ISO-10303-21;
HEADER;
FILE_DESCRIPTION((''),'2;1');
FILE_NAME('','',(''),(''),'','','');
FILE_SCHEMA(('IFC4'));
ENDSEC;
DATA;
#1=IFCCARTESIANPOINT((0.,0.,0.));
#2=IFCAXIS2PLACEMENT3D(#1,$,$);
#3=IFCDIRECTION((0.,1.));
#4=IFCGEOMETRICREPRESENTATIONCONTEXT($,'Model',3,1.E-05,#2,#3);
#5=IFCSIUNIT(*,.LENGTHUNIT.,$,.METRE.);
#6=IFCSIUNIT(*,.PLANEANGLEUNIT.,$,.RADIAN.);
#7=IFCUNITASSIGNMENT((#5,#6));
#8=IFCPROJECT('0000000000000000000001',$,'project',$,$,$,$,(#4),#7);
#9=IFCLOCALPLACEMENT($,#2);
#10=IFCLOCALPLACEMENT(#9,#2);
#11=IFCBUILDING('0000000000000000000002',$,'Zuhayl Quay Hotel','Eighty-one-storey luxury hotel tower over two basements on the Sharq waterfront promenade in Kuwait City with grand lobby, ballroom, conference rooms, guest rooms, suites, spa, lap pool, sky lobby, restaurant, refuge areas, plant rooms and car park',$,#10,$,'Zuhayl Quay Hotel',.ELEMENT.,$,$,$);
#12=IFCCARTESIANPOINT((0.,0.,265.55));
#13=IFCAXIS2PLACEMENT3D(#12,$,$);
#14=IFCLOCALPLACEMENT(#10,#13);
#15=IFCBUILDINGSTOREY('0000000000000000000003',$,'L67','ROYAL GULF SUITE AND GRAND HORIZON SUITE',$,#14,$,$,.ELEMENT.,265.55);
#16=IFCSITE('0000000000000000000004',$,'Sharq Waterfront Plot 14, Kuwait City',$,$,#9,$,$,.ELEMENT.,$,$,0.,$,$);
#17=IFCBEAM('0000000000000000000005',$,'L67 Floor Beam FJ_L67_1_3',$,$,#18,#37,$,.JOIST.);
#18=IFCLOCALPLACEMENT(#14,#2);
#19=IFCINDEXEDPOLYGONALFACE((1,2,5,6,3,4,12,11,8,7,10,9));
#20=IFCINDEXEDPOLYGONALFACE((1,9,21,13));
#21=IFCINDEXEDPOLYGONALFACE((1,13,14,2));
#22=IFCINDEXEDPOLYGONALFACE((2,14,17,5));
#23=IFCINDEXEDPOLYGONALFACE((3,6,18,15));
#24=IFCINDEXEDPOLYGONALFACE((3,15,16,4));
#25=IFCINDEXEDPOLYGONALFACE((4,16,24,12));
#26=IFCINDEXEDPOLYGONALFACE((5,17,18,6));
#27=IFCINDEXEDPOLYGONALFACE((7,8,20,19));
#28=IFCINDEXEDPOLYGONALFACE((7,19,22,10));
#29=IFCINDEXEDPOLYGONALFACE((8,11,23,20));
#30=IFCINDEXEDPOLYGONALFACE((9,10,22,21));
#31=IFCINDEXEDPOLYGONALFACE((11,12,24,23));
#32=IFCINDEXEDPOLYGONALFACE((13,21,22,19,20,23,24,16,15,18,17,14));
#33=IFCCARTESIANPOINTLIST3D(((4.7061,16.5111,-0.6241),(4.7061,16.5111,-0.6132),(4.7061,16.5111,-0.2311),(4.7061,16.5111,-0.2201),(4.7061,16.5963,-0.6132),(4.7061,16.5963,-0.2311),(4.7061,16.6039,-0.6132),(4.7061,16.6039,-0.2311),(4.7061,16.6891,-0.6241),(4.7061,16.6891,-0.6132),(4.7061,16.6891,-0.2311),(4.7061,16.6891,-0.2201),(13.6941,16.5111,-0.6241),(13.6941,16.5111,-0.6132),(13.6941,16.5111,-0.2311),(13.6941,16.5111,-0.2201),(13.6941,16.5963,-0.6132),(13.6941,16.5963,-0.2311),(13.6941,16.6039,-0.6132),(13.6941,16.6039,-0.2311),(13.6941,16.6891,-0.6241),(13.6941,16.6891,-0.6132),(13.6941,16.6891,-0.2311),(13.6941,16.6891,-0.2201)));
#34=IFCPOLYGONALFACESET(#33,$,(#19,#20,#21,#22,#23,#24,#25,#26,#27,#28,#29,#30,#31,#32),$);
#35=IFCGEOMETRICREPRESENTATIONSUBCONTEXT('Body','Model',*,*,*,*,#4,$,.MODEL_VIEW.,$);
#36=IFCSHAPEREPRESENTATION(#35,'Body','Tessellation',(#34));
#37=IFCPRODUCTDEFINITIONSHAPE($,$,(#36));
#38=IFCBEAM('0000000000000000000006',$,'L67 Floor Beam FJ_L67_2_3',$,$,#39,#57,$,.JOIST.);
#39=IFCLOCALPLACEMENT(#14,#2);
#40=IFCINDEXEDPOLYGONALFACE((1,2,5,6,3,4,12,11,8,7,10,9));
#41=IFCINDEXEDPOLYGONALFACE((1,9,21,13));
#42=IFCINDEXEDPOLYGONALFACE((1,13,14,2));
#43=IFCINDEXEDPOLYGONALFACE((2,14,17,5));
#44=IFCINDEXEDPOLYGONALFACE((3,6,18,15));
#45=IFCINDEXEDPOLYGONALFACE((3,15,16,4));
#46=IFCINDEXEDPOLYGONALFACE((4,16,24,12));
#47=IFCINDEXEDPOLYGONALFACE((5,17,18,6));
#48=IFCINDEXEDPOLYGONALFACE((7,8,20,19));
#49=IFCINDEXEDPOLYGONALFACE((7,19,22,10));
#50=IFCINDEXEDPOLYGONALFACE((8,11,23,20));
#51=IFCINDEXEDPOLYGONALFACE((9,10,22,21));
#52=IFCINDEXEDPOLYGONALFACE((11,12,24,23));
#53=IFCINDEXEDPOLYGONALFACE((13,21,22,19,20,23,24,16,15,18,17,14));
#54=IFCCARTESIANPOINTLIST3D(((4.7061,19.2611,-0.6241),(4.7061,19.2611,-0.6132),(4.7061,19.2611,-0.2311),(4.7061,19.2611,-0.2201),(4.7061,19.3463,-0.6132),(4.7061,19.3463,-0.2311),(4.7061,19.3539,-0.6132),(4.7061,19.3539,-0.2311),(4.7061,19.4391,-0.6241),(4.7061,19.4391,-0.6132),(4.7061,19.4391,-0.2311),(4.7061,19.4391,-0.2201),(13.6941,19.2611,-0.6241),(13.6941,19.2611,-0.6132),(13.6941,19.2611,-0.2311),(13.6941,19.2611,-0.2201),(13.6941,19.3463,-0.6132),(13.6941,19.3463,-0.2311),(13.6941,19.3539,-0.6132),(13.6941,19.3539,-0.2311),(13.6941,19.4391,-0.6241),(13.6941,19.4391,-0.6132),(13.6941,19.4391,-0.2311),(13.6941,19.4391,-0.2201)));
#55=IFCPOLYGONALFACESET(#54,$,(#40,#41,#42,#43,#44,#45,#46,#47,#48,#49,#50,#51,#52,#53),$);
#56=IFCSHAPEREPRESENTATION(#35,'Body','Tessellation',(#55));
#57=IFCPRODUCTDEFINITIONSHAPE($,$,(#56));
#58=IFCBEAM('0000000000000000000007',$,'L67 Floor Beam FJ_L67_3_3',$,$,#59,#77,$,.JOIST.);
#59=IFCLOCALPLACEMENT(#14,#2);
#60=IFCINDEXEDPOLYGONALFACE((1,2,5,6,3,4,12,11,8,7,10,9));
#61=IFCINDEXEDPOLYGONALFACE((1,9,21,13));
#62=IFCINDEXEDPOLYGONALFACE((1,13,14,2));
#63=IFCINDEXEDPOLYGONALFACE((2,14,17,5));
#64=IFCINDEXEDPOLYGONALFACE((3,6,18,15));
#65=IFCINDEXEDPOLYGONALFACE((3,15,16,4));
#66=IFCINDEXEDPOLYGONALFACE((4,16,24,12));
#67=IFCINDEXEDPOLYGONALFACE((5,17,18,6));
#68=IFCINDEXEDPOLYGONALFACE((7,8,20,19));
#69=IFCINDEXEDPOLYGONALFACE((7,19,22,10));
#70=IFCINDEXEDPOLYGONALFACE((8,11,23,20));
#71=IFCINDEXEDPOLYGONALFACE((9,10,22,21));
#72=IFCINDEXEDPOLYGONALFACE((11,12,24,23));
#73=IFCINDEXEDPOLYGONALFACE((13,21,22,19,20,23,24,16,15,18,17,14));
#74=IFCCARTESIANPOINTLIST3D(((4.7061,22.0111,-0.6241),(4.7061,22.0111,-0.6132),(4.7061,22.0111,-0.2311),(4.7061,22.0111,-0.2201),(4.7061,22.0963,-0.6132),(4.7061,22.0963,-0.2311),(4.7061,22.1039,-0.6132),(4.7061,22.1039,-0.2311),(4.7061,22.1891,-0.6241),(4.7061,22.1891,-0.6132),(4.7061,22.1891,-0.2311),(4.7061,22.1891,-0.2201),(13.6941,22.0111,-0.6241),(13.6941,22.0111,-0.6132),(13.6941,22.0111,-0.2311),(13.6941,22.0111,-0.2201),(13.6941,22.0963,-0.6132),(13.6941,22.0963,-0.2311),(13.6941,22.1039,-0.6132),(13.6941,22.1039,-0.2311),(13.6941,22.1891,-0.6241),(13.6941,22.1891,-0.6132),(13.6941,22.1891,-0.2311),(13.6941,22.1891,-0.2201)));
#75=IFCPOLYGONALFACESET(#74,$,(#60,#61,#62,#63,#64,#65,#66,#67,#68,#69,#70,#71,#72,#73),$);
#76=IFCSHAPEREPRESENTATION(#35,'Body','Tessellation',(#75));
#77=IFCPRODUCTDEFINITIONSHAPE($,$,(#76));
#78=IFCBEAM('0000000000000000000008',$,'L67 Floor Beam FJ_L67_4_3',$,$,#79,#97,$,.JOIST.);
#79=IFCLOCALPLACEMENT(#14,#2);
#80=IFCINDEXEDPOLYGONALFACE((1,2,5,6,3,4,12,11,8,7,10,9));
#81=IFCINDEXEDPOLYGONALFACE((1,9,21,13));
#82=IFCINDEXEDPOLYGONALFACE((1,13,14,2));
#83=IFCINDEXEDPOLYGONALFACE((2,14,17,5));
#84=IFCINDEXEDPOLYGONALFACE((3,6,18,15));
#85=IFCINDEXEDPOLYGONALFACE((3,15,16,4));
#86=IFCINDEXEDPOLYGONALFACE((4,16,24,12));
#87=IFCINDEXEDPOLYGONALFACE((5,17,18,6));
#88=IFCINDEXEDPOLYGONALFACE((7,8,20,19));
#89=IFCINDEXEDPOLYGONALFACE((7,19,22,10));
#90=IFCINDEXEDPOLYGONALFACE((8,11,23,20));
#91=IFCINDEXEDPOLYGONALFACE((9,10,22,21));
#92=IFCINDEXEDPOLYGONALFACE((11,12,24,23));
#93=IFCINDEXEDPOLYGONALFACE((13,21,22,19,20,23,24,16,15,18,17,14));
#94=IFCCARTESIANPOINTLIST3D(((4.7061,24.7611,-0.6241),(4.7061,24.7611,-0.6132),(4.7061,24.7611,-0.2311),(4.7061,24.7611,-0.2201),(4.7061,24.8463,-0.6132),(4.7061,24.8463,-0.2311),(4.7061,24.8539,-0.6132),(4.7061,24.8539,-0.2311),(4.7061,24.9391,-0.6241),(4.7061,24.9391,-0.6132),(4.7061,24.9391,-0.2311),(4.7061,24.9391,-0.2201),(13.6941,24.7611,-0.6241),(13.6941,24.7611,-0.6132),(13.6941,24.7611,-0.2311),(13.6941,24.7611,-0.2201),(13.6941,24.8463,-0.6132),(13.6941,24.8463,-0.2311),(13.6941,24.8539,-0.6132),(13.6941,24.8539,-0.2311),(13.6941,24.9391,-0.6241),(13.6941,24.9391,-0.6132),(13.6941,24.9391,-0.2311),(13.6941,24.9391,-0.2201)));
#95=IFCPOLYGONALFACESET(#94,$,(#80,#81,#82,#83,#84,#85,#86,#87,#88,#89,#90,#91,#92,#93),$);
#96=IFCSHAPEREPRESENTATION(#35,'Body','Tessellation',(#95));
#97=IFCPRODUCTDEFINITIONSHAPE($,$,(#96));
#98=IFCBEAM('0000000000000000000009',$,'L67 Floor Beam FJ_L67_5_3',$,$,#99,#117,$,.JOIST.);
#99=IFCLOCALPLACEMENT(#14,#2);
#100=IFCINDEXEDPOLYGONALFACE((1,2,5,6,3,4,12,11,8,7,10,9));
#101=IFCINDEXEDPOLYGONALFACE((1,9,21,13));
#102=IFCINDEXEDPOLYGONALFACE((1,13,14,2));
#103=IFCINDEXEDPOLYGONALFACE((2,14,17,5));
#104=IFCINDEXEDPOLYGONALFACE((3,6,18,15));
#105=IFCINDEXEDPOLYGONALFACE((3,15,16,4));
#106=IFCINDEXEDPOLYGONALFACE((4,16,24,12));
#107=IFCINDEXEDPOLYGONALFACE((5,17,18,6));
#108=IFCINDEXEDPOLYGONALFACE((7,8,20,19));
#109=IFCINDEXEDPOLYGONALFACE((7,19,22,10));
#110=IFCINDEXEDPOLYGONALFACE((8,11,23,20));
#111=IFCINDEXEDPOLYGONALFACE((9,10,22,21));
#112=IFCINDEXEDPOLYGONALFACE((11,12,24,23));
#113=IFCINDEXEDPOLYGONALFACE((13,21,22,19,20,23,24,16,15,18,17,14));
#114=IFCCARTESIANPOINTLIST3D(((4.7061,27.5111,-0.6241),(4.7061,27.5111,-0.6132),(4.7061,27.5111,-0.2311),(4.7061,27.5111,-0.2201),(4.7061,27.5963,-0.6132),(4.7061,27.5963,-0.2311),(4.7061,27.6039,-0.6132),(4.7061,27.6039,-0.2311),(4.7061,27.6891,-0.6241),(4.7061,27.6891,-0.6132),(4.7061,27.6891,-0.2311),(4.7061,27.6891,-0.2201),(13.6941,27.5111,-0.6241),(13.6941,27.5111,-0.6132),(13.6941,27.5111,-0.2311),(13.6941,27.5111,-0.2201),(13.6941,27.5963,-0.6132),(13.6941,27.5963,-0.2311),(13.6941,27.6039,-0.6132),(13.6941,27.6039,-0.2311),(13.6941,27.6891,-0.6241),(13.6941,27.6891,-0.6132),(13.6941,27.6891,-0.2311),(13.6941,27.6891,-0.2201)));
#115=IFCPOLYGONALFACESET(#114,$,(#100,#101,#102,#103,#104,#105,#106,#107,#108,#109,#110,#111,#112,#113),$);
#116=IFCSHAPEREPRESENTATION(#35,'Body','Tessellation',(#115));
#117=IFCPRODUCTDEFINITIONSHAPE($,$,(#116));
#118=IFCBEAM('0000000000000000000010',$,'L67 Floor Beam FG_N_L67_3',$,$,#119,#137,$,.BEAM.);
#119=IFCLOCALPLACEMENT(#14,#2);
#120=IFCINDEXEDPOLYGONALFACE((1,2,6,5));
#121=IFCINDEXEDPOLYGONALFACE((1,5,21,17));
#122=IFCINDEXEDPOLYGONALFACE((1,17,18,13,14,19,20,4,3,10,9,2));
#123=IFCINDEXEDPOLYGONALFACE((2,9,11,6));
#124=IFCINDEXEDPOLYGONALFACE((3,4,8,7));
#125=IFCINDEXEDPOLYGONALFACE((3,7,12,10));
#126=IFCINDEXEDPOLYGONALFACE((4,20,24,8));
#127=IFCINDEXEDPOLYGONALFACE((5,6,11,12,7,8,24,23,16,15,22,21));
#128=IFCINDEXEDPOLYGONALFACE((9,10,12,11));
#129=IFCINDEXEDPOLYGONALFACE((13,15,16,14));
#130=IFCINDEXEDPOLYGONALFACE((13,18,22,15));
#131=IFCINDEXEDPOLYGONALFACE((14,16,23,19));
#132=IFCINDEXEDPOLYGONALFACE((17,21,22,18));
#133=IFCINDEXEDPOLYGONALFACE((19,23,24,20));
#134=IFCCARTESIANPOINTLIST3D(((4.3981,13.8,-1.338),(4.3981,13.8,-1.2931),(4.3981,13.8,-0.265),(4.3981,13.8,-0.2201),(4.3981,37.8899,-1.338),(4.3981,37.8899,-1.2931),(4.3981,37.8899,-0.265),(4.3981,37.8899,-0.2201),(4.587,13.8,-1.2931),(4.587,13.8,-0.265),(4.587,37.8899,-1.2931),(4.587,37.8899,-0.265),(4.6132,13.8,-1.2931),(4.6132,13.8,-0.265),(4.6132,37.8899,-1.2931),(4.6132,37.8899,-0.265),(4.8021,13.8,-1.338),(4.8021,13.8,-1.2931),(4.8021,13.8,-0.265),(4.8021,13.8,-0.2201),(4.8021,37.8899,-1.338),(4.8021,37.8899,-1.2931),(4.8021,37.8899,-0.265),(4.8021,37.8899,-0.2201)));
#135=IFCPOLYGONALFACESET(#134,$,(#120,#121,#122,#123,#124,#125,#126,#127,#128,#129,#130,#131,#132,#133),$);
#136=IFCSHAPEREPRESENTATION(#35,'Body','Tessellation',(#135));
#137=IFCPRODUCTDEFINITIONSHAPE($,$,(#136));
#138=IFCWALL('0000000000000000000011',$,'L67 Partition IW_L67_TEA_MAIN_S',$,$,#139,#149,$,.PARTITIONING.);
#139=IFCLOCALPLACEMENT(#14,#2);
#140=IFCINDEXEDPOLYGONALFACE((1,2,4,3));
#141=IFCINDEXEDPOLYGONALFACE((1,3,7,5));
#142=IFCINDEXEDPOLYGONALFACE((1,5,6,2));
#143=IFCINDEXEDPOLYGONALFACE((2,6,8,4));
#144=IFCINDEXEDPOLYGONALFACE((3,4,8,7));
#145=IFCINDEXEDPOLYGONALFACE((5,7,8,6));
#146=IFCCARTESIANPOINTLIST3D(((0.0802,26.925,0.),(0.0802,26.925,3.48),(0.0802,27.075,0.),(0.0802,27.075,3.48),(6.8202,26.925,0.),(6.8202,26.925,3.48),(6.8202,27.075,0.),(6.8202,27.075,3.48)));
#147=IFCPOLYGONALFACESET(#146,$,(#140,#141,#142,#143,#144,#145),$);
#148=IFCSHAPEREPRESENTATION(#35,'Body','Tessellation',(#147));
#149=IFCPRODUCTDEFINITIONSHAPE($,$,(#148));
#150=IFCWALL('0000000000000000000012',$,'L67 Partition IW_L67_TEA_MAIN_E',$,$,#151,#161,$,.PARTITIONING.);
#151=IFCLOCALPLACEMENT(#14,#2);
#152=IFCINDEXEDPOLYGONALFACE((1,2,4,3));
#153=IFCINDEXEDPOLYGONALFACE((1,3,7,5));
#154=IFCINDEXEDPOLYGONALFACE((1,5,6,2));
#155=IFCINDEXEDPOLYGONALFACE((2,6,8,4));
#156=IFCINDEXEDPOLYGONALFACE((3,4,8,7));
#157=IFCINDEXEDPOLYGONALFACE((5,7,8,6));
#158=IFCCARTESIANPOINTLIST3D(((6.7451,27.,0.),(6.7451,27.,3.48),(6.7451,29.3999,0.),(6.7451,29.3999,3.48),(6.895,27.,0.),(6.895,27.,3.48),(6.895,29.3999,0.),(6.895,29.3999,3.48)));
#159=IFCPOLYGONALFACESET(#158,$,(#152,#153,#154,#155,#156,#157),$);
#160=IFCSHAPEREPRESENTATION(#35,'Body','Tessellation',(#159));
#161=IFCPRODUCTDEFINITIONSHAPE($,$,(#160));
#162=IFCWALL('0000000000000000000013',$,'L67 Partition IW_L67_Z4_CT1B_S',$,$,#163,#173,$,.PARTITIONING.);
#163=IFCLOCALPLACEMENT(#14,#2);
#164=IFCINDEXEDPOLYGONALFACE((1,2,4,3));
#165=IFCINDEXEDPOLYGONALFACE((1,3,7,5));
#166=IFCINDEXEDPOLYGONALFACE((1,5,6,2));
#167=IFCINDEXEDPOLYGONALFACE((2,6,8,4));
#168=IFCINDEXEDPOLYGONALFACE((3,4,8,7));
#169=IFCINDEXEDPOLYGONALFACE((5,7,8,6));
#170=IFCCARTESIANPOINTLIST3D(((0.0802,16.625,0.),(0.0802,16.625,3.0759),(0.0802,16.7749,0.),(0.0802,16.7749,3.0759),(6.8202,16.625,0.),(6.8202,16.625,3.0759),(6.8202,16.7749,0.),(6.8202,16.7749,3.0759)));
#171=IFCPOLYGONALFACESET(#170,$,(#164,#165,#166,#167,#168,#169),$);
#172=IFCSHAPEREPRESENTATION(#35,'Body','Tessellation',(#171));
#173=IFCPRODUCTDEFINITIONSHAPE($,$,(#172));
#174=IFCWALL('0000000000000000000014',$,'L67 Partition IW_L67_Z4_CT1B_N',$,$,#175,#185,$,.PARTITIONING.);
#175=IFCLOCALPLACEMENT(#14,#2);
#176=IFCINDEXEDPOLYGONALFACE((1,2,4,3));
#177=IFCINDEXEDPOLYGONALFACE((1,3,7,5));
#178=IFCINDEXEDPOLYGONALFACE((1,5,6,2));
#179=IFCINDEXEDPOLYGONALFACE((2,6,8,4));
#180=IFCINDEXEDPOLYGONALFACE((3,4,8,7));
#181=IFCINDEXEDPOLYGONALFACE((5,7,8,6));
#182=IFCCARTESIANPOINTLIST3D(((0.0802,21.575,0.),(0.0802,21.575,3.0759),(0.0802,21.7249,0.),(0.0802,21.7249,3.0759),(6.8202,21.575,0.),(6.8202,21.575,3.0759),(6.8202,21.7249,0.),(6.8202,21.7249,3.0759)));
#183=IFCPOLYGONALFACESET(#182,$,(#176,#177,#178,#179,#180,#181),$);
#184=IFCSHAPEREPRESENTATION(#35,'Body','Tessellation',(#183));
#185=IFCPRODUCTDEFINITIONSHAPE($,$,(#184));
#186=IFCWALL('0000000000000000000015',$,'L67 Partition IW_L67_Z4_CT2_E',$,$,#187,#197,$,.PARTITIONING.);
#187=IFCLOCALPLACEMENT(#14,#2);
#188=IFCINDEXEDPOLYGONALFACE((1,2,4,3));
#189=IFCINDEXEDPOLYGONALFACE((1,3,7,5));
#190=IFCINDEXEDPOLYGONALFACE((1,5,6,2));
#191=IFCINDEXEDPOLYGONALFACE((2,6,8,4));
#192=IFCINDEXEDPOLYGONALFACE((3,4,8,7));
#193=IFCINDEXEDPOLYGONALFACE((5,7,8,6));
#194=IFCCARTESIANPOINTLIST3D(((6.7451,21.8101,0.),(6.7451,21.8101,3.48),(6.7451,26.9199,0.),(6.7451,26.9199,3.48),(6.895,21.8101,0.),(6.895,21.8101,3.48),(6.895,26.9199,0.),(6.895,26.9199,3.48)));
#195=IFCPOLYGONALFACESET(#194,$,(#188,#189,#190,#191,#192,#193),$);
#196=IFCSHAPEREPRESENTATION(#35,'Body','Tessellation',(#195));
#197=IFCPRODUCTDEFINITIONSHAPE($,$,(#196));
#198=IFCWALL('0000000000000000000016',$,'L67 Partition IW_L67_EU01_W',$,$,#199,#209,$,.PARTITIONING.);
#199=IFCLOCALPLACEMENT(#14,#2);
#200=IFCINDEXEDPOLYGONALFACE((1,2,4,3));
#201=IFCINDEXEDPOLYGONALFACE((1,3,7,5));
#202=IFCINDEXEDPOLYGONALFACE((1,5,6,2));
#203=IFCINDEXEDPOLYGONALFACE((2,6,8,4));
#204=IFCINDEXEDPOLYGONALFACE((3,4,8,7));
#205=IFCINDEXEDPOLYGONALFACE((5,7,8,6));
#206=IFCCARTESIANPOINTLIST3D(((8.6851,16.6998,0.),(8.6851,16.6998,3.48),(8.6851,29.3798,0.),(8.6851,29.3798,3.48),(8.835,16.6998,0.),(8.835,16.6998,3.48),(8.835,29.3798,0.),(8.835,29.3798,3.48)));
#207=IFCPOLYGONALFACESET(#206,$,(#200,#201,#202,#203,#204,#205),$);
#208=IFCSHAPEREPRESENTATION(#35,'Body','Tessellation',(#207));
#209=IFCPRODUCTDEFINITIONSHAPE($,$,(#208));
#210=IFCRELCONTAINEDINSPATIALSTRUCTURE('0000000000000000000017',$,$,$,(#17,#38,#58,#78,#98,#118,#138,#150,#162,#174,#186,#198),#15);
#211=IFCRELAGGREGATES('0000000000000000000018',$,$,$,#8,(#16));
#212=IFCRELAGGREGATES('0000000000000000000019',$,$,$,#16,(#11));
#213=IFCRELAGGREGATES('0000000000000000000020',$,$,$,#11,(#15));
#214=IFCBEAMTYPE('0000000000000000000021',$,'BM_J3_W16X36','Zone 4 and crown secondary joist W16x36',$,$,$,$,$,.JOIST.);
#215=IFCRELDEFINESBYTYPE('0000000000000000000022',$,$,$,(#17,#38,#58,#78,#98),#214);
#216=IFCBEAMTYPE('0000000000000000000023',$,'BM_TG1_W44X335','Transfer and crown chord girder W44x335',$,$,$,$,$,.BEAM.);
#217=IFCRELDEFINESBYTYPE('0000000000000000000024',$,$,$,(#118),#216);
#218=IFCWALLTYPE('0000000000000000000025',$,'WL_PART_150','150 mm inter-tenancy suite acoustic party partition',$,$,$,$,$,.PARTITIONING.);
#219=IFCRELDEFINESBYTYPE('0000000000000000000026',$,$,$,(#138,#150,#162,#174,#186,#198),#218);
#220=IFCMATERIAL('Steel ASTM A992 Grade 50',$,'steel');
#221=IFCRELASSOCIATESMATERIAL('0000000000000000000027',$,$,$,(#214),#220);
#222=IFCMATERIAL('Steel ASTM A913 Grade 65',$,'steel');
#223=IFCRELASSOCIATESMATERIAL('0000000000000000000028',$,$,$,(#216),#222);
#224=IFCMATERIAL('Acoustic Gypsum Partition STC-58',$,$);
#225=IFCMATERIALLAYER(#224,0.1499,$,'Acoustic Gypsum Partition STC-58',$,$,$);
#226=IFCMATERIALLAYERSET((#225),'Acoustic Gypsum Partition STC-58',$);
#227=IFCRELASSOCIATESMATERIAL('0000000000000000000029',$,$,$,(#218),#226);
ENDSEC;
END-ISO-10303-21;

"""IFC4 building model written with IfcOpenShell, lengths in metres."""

from ifc_helpers import new_model, si_unit, direction, frame, frame_2d, origin, origin_2d, place, context, subcontext, project, spatial, rectangle, i_section, extrude, material, layer, layer_set, material_profile, profile_set, type_object, element, save


model = new_model("IFC4")

# Units and contexts
model_context = context("Model", 3, precision=1e-05, world=origin(), true_north=direction((0.0, 1.0)))
body_context = subcontext(model_context, "Body", "Model", "MODEL_VIEW")
ifc_project = project(units=[si_unit("LENGTHUNIT", "METRE"), si_unit("PLANEANGLEUNIT", "RADIAN")], contexts=[model_context])

# Site, building, storey
site_placement = place(None, origin())
site = spatial("IfcSite", under=ifc_project, at=site_placement, Name="Sharq Waterfront Plot 14, Kuwait City", CompositionType="ELEMENT", RefElevation=0.0)
building_placement = place(site_placement, origin())
building = spatial("IfcBuilding", under=site, at=building_placement, Name="Zuhayl Quay Hotel", Description="Eighty-one-storey luxury hotel tower over two basements on the Sharq waterfront promenade in Kuwait City with grand lobby, ballroom, conference rooms, guest rooms, suites, spa, lap pool, sky lobby, restaurant, refuge areas, plant rooms and car park", LongName="Zuhayl Quay Hotel", CompositionType="ELEMENT")
storey_placement = place(building_placement, frame((0.0, 0.0, 265.55)))
storey = spatial("IfcBuildingStorey", under=building, at=storey_placement, Name="L67", Description="ROYAL GULF SUITE AND GRAND HORIZON SUITE", CompositionType="ELEMENT", Elevation=265.55)

# Beams
ifc_material_1 = material(Name="Steel ASTM A992 Grade 50", Category="steel")
ifc_material_profile_1 = material_profile(ifc_material_1, i_section(OverallWidth=0.178, OverallDepth=0.4041, WebThickness=0.0076, FlangeThickness=0.011, at=origin_2d()), Name="W16X36")
ifc_profile_set_1 = profile_set([ifc_material_profile_1], Name="Steel ASTM A992 Grade 50")
beam_type_1 = type_object("IfcBeamType", Name="BM_J3_W16X36", Description="Zone 4 and crown secondary joist W16x36", PredefinedType="JOIST", material=ifc_profile_set_1)
for number, where, z_axis, x_axis, name in (
    (1, (4.7061, 16.6001, -0.4221), (1.0, 0.0, 0.0), (0.0, 1.0, 0.0), "L67 Floor Beam FJ_L67_1_3"),
    (2, (4.7061, 19.3501, -0.4221), (1.0, 0.0, 0.0), (0.0, 1.0, 0.0), "L67 Floor Beam FJ_L67_2_3"),
    (3, (4.7061, 22.1001, -0.4221), (1.0, 0.0, 0.0), (0.0, 1.0, 0.0), "L67 Floor Beam FJ_L67_3_3"),
    (4, (4.7061, 24.8501, -0.4221), (1.0, 0.0, 0.0), (0.0, 1.0, 0.0), "L67 Floor Beam FJ_L67_4_3"),
    (5, (4.7061, 27.6001, -0.4221), (1.0, 0.0, 0.0), (0.0, 1.0, 0.0), "L67 Floor Beam FJ_L67_5_3"),
):
    element("IfcBeam", number, at=place(storey_placement, frame(where, z_axis=z_axis, x_axis=x_axis)), inside=storey, type_object=beam_type_1, Name=name, PredefinedType="JOIST", context=body_context, shape_type="SweptSolid", body=[
        extrude(i_section(OverallWidth=0.178, OverallDepth=0.4041, WebThickness=0.0076, FlangeThickness=0.011, at=origin_2d()), origin(), (0.0, 0.0, 1.0), 8.988),
    ])
ifc_material_2 = material(Name="Steel ASTM A913 Grade 65", Category="steel")
ifc_material_profile_2 = material_profile(ifc_material_2, i_section(OverallWidth=0.4041, OverallDepth=1.1179, WebThickness=0.0261, FlangeThickness=0.0449, at=origin_2d()), Name="W44X335")
ifc_profile_set_2 = profile_set([ifc_material_profile_2], Name="Steel ASTM A913 Grade 65")
beam_type_2 = type_object("IfcBeamType", Name="BM_TG1_W44X335", Description="Transfer and crown chord girder W44x335", PredefinedType="BEAM", material=ifc_profile_set_2)
beam_placement = place(storey_placement, frame((4.6001, 13.8, -0.7791), z_axis=(0.0, 1.0, 0.0), x_axis=(-1.0, 0.0, 0.0)))
element("IfcBeam", 6, at=beam_placement, inside=storey, type_object=beam_type_2, Name="L67 Floor Beam FG_N_L67_3", PredefinedType="BEAM", context=body_context, shape_type="SweptSolid", body=[
    extrude(i_section(OverallWidth=0.4041, OverallDepth=1.1179, WebThickness=0.0261, FlangeThickness=0.0449, at=origin_2d()), origin(), (0.0, 0.0, 1.0), 24.0898),
])

# Walls
ifc_material_3 = material(Name="Acoustic Gypsum Partition STC-58")
ifc_layer_1 = layer(ifc_material_3, 0.1499, Name="Acoustic Gypsum Partition STC-58")
ifc_layer_set_1 = layer_set([ifc_layer_1], Name="Acoustic Gypsum Partition STC-58")
wall_type_1 = type_object("IfcWallType", Name="WL_PART_150", Description="150 mm inter-tenancy suite acoustic party partition", PredefinedType="PARTITIONING", material=ifc_layer_set_1)
wall_1_placement = place(storey_placement, frame((0.0801, 27.0, 0.0), z_axis=(0.0, 0.0, 1.0), x_axis=(1.0, 0.0, 0.0)))
element("IfcWall", 7, at=wall_1_placement, inside=storey, type_object=wall_type_1, Name="L67 Partition IW_L67_TEA_MAIN_S", PredefinedType="PARTITIONING", context=body_context, shape_type="SweptSolid", body=[
    extrude(rectangle(XDim=6.74, YDim=0.1499, at=frame_2d((3.3701, 0.0))), origin(), (0.0, 0.0, 1.0), 3.48),
])
wall_2_placement = place(storey_placement, frame((6.8201, 27.0, 0.0), z_axis=(0.0, 0.0, 1.0), x_axis=(0.0, 1.0, 0.0)))
element("IfcWall", 8, at=wall_2_placement, inside=storey, type_object=wall_type_1, Name="L67 Partition IW_L67_TEA_MAIN_E", PredefinedType="PARTITIONING", context=body_context, shape_type="SweptSolid", body=[
    extrude(rectangle(XDim=2.3999, YDim=0.1499, at=frame_2d((1.2, 0.0))), origin(), (0.0, 0.0, 1.0), 3.48),
])
for number, where, z_axis, x_axis, name in (
    (9, (0.0801, 16.7, 0.0), (0.0, 0.0, 1.0), (1.0, 0.0, 0.0), "L67 Partition IW_L67_Z4_CT1B_S"),
    (10, (0.0801, 21.6499, 0.0), (0.0, 0.0, 1.0), (1.0, 0.0, 0.0), "L67 Partition IW_L67_Z4_CT1B_N"),
):
    element("IfcWall", number, at=place(storey_placement, frame(where, z_axis=z_axis, x_axis=x_axis)), inside=storey, type_object=wall_type_1, Name=name, PredefinedType="PARTITIONING", context=body_context, shape_type="SweptSolid", body=[
        extrude(rectangle(XDim=6.74, YDim=0.1499, at=frame_2d((3.3701, 0.0))), origin(), (0.0, 0.0, 1.0), 3.0759),
    ])
wall_3_placement = place(storey_placement, frame((6.8201, 21.8101, 0.0), z_axis=(0.0, 0.0, 1.0), x_axis=(0.0, 1.0, 0.0)))
element("IfcWall", 11, at=wall_3_placement, inside=storey, type_object=wall_type_1, Name="L67 Partition IW_L67_Z4_CT2_E", PredefinedType="PARTITIONING", context=body_context, shape_type="SweptSolid", body=[
    extrude(rectangle(XDim=5.1099, YDim=0.1499, at=frame_2d((2.5549, 0.0))), origin(), (0.0, 0.0, 1.0), 3.48),
])
wall_4_placement = place(storey_placement, frame((8.76, 16.7, 0.0), z_axis=(0.0, 0.0, 1.0), x_axis=(0.0, 1.0, 0.0)))
element("IfcWall", 12, at=wall_4_placement, inside=storey, type_object=wall_type_1, Name="L67 Partition IW_L67_EU01_W", PredefinedType="PARTITIONING", context=body_context, shape_type="SweptSolid", body=[
    extrude(rectangle(XDim=12.6799, YDim=0.1499, at=frame_2d((6.3398, 0.0))), origin(), (0.0, 0.0, 1.0), 3.48),
])

save(model, "model.ifc")
